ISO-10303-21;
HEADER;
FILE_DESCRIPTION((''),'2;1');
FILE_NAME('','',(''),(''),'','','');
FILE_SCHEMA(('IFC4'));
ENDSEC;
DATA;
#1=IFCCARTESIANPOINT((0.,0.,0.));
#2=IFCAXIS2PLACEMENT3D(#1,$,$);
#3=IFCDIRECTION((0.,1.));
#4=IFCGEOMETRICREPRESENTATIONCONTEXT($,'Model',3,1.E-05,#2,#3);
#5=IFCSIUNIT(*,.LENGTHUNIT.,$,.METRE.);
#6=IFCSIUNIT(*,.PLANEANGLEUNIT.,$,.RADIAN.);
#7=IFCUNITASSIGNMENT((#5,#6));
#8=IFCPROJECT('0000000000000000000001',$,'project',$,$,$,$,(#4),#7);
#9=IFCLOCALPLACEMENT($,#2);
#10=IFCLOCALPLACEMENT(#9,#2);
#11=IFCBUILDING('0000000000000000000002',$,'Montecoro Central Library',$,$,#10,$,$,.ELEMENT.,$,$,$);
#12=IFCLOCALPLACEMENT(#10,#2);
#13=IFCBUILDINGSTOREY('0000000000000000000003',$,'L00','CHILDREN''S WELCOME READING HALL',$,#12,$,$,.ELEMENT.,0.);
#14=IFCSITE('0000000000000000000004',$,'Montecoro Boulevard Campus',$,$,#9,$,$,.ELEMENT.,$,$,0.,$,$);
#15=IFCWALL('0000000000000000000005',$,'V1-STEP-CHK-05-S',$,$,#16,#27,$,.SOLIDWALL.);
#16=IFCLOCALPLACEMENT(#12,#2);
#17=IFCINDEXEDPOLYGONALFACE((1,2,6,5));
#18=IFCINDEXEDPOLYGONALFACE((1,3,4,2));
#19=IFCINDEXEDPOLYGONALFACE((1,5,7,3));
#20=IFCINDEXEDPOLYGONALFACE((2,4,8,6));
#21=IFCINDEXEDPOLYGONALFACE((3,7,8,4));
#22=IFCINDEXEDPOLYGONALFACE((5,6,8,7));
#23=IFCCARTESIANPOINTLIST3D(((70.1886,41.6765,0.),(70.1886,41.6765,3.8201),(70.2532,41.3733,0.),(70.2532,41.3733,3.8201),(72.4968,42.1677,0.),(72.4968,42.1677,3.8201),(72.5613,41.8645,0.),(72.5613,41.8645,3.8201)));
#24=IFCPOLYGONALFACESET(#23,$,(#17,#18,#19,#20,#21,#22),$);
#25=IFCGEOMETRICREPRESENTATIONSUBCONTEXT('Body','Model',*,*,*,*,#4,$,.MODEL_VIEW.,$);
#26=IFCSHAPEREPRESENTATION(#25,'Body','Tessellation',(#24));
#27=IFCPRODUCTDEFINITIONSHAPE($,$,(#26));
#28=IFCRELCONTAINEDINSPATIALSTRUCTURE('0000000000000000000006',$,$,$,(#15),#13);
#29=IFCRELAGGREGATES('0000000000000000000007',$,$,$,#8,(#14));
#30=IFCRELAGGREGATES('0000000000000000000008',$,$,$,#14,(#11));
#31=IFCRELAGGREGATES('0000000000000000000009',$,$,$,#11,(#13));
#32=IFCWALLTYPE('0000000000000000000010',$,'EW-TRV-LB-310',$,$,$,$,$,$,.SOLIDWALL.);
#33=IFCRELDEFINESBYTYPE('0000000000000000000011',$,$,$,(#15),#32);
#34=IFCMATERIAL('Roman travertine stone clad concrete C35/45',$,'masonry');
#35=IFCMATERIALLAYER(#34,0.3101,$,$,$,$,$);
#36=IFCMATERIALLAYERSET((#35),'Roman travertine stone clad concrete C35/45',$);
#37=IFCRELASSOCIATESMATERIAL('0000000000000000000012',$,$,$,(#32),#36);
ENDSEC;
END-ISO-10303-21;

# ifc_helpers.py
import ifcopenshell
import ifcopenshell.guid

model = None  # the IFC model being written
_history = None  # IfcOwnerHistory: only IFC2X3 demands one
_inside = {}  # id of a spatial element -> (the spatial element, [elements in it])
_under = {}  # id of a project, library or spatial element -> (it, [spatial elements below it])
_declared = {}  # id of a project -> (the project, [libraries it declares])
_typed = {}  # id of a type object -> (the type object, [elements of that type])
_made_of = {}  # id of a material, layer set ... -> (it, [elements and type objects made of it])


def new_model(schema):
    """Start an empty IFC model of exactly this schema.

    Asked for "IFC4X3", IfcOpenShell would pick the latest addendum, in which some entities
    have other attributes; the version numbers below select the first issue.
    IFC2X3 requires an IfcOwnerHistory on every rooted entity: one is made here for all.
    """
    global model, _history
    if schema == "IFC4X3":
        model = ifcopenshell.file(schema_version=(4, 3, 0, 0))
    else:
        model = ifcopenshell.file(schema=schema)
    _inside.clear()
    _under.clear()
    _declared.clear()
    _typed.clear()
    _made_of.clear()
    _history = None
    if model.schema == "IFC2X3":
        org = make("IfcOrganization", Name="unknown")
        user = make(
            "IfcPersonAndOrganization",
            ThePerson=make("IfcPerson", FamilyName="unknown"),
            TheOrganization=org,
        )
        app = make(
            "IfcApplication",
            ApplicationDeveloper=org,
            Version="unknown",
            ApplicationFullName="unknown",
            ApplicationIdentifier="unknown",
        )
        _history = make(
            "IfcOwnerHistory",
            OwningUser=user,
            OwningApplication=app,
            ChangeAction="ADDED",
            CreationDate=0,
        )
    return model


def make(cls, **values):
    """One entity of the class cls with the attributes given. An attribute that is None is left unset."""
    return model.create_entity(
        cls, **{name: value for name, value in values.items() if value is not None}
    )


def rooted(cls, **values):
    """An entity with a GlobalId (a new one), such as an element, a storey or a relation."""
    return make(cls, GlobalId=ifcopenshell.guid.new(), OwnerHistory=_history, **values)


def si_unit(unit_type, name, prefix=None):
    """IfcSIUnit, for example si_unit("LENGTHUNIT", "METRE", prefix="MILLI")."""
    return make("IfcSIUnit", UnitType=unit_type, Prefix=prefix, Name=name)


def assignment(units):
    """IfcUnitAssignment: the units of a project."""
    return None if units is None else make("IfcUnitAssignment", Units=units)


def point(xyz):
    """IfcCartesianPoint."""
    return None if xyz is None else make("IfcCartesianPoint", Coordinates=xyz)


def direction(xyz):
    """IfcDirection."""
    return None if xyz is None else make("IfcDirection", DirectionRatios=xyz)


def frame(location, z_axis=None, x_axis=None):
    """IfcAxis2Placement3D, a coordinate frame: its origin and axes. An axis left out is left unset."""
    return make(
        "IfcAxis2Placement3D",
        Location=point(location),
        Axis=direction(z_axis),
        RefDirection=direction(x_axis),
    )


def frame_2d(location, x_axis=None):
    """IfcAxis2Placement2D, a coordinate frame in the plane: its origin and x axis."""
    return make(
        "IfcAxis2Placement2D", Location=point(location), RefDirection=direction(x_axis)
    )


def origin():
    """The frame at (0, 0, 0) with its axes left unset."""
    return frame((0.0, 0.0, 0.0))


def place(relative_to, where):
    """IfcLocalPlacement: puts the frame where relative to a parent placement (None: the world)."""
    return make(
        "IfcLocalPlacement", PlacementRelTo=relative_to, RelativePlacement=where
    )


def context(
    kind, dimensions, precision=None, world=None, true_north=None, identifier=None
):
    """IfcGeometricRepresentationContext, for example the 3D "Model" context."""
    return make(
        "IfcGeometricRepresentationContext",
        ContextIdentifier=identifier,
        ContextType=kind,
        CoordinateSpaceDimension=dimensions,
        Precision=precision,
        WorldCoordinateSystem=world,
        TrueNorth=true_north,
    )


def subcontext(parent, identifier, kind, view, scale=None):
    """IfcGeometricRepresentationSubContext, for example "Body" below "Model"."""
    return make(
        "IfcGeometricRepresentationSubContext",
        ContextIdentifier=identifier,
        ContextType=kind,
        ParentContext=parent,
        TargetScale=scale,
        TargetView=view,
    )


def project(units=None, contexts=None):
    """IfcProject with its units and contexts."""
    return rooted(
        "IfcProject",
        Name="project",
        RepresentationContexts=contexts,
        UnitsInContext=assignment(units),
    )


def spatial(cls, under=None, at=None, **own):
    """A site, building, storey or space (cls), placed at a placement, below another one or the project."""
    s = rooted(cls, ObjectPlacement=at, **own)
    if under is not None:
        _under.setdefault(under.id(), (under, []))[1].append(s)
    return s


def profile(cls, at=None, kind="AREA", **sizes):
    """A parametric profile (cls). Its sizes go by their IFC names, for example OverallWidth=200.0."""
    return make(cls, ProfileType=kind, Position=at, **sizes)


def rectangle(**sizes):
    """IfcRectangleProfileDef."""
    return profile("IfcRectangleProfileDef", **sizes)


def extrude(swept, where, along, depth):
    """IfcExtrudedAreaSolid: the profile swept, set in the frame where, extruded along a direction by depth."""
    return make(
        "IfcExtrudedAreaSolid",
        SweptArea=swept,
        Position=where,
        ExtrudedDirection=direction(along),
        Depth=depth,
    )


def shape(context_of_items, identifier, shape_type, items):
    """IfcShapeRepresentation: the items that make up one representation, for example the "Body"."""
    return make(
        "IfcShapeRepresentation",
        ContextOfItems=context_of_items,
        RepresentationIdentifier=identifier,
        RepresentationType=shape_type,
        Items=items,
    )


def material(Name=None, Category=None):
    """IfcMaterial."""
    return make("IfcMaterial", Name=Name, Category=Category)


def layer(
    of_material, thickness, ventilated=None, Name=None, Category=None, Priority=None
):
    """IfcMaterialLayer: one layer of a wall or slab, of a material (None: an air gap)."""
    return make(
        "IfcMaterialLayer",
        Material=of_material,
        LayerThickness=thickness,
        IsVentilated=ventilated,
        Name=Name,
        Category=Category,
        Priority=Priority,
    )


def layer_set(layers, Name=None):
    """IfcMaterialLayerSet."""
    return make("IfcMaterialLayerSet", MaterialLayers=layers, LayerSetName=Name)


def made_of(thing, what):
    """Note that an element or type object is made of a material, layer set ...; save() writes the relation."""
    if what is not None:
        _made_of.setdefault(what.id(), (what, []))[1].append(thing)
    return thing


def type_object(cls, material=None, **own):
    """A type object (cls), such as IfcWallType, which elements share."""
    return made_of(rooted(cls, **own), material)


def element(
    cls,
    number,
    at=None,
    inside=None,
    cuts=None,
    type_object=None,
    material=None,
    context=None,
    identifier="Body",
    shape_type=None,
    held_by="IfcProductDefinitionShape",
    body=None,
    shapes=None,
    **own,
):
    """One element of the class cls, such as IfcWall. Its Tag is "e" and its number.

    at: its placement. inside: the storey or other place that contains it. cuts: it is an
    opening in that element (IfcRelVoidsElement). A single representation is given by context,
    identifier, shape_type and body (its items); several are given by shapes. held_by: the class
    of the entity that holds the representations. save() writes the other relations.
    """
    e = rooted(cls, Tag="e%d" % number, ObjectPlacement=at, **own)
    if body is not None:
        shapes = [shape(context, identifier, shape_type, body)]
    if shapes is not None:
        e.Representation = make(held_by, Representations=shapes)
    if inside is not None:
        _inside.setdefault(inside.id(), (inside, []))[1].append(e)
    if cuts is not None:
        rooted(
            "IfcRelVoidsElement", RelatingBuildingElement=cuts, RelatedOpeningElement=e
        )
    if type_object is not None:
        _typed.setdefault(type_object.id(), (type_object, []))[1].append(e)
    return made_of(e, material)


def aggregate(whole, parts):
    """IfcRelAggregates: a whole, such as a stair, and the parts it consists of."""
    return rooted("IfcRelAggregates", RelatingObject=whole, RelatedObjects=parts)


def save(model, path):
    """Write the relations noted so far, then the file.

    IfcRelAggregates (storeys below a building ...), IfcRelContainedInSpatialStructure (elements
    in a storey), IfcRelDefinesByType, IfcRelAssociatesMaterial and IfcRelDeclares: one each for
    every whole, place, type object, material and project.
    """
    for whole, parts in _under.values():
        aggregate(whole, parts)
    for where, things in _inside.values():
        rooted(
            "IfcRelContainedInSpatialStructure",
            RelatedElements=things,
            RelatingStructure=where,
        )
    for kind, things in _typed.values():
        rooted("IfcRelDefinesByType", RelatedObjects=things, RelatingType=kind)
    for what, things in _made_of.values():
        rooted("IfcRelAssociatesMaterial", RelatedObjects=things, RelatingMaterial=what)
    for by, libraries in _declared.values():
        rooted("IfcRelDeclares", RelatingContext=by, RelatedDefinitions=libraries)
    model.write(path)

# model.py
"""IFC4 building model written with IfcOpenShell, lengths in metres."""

from ifc_helpers import new_model, si_unit, direction, frame, frame_2d, origin, place, context, subcontext, project, spatial, rectangle, extrude, material, layer, layer_set, type_object, element, save


model = new_model("IFC4")

# Units and contexts
model_context = context("Model", 3, precision=1e-05, world=origin(), true_north=direction((0.0, 1.0)))
body_context = subcontext(model_context, "Body", "Model", "MODEL_VIEW")
ifc_project = project(units=[si_unit("LENGTHUNIT", "METRE"), si_unit("PLANEANGLEUNIT", "RADIAN")], contexts=[model_context])

# Site, building, storey
site_placement = place(None, origin())
site = spatial("IfcSite", under=ifc_project, at=site_placement, Name="Montecoro Boulevard Campus", CompositionType="ELEMENT", RefElevation=0.0)
building_placement = place(site_placement, origin())
building = spatial("IfcBuilding", under=site, at=building_placement, Name="Montecoro Central Library", CompositionType="ELEMENT")
storey_placement = place(building_placement, origin())
storey = spatial("IfcBuildingStorey", under=building, at=storey_placement, Name="L00", Description="CHILDREN'S WELCOME READING HALL", CompositionType="ELEMENT", Elevation=0.0)

# Wall
ifc_material_1 = material(Name="Roman travertine stone clad concrete C35/45", Category="masonry")
ifc_layer_1 = layer(ifc_material_1, 0.3101)
ifc_layer_set_1 = layer_set([ifc_layer_1], Name="Roman travertine stone clad concrete C35/45")
wall_type_1 = type_object("IfcWallType", Name="EW-TRV-LB-310", PredefinedType="SOLIDWALL", material=ifc_layer_set_1)
wall_1_placement = place(storey_placement, frame((72.5291, 42.0161, 0.0), z_axis=(0.0, 0.0, 1.0), x_axis=(-0.978095, -0.208158, 0.0)))
element("IfcWall", 1, at=wall_1_placement, inside=storey, type_object=wall_type_1, Name="V1-STEP-CHK-05-S", PredefinedType="SOLIDWALL", context=body_context, shape_type="SweptSolid", body=[
    extrude(rectangle(XDim=2.3599, YDim=0.3101, at=frame_2d((1.1799, 0.0))), origin(), (0.0, 0.0, 1.0), 3.8201),
])

save(model, "model.ifc")
